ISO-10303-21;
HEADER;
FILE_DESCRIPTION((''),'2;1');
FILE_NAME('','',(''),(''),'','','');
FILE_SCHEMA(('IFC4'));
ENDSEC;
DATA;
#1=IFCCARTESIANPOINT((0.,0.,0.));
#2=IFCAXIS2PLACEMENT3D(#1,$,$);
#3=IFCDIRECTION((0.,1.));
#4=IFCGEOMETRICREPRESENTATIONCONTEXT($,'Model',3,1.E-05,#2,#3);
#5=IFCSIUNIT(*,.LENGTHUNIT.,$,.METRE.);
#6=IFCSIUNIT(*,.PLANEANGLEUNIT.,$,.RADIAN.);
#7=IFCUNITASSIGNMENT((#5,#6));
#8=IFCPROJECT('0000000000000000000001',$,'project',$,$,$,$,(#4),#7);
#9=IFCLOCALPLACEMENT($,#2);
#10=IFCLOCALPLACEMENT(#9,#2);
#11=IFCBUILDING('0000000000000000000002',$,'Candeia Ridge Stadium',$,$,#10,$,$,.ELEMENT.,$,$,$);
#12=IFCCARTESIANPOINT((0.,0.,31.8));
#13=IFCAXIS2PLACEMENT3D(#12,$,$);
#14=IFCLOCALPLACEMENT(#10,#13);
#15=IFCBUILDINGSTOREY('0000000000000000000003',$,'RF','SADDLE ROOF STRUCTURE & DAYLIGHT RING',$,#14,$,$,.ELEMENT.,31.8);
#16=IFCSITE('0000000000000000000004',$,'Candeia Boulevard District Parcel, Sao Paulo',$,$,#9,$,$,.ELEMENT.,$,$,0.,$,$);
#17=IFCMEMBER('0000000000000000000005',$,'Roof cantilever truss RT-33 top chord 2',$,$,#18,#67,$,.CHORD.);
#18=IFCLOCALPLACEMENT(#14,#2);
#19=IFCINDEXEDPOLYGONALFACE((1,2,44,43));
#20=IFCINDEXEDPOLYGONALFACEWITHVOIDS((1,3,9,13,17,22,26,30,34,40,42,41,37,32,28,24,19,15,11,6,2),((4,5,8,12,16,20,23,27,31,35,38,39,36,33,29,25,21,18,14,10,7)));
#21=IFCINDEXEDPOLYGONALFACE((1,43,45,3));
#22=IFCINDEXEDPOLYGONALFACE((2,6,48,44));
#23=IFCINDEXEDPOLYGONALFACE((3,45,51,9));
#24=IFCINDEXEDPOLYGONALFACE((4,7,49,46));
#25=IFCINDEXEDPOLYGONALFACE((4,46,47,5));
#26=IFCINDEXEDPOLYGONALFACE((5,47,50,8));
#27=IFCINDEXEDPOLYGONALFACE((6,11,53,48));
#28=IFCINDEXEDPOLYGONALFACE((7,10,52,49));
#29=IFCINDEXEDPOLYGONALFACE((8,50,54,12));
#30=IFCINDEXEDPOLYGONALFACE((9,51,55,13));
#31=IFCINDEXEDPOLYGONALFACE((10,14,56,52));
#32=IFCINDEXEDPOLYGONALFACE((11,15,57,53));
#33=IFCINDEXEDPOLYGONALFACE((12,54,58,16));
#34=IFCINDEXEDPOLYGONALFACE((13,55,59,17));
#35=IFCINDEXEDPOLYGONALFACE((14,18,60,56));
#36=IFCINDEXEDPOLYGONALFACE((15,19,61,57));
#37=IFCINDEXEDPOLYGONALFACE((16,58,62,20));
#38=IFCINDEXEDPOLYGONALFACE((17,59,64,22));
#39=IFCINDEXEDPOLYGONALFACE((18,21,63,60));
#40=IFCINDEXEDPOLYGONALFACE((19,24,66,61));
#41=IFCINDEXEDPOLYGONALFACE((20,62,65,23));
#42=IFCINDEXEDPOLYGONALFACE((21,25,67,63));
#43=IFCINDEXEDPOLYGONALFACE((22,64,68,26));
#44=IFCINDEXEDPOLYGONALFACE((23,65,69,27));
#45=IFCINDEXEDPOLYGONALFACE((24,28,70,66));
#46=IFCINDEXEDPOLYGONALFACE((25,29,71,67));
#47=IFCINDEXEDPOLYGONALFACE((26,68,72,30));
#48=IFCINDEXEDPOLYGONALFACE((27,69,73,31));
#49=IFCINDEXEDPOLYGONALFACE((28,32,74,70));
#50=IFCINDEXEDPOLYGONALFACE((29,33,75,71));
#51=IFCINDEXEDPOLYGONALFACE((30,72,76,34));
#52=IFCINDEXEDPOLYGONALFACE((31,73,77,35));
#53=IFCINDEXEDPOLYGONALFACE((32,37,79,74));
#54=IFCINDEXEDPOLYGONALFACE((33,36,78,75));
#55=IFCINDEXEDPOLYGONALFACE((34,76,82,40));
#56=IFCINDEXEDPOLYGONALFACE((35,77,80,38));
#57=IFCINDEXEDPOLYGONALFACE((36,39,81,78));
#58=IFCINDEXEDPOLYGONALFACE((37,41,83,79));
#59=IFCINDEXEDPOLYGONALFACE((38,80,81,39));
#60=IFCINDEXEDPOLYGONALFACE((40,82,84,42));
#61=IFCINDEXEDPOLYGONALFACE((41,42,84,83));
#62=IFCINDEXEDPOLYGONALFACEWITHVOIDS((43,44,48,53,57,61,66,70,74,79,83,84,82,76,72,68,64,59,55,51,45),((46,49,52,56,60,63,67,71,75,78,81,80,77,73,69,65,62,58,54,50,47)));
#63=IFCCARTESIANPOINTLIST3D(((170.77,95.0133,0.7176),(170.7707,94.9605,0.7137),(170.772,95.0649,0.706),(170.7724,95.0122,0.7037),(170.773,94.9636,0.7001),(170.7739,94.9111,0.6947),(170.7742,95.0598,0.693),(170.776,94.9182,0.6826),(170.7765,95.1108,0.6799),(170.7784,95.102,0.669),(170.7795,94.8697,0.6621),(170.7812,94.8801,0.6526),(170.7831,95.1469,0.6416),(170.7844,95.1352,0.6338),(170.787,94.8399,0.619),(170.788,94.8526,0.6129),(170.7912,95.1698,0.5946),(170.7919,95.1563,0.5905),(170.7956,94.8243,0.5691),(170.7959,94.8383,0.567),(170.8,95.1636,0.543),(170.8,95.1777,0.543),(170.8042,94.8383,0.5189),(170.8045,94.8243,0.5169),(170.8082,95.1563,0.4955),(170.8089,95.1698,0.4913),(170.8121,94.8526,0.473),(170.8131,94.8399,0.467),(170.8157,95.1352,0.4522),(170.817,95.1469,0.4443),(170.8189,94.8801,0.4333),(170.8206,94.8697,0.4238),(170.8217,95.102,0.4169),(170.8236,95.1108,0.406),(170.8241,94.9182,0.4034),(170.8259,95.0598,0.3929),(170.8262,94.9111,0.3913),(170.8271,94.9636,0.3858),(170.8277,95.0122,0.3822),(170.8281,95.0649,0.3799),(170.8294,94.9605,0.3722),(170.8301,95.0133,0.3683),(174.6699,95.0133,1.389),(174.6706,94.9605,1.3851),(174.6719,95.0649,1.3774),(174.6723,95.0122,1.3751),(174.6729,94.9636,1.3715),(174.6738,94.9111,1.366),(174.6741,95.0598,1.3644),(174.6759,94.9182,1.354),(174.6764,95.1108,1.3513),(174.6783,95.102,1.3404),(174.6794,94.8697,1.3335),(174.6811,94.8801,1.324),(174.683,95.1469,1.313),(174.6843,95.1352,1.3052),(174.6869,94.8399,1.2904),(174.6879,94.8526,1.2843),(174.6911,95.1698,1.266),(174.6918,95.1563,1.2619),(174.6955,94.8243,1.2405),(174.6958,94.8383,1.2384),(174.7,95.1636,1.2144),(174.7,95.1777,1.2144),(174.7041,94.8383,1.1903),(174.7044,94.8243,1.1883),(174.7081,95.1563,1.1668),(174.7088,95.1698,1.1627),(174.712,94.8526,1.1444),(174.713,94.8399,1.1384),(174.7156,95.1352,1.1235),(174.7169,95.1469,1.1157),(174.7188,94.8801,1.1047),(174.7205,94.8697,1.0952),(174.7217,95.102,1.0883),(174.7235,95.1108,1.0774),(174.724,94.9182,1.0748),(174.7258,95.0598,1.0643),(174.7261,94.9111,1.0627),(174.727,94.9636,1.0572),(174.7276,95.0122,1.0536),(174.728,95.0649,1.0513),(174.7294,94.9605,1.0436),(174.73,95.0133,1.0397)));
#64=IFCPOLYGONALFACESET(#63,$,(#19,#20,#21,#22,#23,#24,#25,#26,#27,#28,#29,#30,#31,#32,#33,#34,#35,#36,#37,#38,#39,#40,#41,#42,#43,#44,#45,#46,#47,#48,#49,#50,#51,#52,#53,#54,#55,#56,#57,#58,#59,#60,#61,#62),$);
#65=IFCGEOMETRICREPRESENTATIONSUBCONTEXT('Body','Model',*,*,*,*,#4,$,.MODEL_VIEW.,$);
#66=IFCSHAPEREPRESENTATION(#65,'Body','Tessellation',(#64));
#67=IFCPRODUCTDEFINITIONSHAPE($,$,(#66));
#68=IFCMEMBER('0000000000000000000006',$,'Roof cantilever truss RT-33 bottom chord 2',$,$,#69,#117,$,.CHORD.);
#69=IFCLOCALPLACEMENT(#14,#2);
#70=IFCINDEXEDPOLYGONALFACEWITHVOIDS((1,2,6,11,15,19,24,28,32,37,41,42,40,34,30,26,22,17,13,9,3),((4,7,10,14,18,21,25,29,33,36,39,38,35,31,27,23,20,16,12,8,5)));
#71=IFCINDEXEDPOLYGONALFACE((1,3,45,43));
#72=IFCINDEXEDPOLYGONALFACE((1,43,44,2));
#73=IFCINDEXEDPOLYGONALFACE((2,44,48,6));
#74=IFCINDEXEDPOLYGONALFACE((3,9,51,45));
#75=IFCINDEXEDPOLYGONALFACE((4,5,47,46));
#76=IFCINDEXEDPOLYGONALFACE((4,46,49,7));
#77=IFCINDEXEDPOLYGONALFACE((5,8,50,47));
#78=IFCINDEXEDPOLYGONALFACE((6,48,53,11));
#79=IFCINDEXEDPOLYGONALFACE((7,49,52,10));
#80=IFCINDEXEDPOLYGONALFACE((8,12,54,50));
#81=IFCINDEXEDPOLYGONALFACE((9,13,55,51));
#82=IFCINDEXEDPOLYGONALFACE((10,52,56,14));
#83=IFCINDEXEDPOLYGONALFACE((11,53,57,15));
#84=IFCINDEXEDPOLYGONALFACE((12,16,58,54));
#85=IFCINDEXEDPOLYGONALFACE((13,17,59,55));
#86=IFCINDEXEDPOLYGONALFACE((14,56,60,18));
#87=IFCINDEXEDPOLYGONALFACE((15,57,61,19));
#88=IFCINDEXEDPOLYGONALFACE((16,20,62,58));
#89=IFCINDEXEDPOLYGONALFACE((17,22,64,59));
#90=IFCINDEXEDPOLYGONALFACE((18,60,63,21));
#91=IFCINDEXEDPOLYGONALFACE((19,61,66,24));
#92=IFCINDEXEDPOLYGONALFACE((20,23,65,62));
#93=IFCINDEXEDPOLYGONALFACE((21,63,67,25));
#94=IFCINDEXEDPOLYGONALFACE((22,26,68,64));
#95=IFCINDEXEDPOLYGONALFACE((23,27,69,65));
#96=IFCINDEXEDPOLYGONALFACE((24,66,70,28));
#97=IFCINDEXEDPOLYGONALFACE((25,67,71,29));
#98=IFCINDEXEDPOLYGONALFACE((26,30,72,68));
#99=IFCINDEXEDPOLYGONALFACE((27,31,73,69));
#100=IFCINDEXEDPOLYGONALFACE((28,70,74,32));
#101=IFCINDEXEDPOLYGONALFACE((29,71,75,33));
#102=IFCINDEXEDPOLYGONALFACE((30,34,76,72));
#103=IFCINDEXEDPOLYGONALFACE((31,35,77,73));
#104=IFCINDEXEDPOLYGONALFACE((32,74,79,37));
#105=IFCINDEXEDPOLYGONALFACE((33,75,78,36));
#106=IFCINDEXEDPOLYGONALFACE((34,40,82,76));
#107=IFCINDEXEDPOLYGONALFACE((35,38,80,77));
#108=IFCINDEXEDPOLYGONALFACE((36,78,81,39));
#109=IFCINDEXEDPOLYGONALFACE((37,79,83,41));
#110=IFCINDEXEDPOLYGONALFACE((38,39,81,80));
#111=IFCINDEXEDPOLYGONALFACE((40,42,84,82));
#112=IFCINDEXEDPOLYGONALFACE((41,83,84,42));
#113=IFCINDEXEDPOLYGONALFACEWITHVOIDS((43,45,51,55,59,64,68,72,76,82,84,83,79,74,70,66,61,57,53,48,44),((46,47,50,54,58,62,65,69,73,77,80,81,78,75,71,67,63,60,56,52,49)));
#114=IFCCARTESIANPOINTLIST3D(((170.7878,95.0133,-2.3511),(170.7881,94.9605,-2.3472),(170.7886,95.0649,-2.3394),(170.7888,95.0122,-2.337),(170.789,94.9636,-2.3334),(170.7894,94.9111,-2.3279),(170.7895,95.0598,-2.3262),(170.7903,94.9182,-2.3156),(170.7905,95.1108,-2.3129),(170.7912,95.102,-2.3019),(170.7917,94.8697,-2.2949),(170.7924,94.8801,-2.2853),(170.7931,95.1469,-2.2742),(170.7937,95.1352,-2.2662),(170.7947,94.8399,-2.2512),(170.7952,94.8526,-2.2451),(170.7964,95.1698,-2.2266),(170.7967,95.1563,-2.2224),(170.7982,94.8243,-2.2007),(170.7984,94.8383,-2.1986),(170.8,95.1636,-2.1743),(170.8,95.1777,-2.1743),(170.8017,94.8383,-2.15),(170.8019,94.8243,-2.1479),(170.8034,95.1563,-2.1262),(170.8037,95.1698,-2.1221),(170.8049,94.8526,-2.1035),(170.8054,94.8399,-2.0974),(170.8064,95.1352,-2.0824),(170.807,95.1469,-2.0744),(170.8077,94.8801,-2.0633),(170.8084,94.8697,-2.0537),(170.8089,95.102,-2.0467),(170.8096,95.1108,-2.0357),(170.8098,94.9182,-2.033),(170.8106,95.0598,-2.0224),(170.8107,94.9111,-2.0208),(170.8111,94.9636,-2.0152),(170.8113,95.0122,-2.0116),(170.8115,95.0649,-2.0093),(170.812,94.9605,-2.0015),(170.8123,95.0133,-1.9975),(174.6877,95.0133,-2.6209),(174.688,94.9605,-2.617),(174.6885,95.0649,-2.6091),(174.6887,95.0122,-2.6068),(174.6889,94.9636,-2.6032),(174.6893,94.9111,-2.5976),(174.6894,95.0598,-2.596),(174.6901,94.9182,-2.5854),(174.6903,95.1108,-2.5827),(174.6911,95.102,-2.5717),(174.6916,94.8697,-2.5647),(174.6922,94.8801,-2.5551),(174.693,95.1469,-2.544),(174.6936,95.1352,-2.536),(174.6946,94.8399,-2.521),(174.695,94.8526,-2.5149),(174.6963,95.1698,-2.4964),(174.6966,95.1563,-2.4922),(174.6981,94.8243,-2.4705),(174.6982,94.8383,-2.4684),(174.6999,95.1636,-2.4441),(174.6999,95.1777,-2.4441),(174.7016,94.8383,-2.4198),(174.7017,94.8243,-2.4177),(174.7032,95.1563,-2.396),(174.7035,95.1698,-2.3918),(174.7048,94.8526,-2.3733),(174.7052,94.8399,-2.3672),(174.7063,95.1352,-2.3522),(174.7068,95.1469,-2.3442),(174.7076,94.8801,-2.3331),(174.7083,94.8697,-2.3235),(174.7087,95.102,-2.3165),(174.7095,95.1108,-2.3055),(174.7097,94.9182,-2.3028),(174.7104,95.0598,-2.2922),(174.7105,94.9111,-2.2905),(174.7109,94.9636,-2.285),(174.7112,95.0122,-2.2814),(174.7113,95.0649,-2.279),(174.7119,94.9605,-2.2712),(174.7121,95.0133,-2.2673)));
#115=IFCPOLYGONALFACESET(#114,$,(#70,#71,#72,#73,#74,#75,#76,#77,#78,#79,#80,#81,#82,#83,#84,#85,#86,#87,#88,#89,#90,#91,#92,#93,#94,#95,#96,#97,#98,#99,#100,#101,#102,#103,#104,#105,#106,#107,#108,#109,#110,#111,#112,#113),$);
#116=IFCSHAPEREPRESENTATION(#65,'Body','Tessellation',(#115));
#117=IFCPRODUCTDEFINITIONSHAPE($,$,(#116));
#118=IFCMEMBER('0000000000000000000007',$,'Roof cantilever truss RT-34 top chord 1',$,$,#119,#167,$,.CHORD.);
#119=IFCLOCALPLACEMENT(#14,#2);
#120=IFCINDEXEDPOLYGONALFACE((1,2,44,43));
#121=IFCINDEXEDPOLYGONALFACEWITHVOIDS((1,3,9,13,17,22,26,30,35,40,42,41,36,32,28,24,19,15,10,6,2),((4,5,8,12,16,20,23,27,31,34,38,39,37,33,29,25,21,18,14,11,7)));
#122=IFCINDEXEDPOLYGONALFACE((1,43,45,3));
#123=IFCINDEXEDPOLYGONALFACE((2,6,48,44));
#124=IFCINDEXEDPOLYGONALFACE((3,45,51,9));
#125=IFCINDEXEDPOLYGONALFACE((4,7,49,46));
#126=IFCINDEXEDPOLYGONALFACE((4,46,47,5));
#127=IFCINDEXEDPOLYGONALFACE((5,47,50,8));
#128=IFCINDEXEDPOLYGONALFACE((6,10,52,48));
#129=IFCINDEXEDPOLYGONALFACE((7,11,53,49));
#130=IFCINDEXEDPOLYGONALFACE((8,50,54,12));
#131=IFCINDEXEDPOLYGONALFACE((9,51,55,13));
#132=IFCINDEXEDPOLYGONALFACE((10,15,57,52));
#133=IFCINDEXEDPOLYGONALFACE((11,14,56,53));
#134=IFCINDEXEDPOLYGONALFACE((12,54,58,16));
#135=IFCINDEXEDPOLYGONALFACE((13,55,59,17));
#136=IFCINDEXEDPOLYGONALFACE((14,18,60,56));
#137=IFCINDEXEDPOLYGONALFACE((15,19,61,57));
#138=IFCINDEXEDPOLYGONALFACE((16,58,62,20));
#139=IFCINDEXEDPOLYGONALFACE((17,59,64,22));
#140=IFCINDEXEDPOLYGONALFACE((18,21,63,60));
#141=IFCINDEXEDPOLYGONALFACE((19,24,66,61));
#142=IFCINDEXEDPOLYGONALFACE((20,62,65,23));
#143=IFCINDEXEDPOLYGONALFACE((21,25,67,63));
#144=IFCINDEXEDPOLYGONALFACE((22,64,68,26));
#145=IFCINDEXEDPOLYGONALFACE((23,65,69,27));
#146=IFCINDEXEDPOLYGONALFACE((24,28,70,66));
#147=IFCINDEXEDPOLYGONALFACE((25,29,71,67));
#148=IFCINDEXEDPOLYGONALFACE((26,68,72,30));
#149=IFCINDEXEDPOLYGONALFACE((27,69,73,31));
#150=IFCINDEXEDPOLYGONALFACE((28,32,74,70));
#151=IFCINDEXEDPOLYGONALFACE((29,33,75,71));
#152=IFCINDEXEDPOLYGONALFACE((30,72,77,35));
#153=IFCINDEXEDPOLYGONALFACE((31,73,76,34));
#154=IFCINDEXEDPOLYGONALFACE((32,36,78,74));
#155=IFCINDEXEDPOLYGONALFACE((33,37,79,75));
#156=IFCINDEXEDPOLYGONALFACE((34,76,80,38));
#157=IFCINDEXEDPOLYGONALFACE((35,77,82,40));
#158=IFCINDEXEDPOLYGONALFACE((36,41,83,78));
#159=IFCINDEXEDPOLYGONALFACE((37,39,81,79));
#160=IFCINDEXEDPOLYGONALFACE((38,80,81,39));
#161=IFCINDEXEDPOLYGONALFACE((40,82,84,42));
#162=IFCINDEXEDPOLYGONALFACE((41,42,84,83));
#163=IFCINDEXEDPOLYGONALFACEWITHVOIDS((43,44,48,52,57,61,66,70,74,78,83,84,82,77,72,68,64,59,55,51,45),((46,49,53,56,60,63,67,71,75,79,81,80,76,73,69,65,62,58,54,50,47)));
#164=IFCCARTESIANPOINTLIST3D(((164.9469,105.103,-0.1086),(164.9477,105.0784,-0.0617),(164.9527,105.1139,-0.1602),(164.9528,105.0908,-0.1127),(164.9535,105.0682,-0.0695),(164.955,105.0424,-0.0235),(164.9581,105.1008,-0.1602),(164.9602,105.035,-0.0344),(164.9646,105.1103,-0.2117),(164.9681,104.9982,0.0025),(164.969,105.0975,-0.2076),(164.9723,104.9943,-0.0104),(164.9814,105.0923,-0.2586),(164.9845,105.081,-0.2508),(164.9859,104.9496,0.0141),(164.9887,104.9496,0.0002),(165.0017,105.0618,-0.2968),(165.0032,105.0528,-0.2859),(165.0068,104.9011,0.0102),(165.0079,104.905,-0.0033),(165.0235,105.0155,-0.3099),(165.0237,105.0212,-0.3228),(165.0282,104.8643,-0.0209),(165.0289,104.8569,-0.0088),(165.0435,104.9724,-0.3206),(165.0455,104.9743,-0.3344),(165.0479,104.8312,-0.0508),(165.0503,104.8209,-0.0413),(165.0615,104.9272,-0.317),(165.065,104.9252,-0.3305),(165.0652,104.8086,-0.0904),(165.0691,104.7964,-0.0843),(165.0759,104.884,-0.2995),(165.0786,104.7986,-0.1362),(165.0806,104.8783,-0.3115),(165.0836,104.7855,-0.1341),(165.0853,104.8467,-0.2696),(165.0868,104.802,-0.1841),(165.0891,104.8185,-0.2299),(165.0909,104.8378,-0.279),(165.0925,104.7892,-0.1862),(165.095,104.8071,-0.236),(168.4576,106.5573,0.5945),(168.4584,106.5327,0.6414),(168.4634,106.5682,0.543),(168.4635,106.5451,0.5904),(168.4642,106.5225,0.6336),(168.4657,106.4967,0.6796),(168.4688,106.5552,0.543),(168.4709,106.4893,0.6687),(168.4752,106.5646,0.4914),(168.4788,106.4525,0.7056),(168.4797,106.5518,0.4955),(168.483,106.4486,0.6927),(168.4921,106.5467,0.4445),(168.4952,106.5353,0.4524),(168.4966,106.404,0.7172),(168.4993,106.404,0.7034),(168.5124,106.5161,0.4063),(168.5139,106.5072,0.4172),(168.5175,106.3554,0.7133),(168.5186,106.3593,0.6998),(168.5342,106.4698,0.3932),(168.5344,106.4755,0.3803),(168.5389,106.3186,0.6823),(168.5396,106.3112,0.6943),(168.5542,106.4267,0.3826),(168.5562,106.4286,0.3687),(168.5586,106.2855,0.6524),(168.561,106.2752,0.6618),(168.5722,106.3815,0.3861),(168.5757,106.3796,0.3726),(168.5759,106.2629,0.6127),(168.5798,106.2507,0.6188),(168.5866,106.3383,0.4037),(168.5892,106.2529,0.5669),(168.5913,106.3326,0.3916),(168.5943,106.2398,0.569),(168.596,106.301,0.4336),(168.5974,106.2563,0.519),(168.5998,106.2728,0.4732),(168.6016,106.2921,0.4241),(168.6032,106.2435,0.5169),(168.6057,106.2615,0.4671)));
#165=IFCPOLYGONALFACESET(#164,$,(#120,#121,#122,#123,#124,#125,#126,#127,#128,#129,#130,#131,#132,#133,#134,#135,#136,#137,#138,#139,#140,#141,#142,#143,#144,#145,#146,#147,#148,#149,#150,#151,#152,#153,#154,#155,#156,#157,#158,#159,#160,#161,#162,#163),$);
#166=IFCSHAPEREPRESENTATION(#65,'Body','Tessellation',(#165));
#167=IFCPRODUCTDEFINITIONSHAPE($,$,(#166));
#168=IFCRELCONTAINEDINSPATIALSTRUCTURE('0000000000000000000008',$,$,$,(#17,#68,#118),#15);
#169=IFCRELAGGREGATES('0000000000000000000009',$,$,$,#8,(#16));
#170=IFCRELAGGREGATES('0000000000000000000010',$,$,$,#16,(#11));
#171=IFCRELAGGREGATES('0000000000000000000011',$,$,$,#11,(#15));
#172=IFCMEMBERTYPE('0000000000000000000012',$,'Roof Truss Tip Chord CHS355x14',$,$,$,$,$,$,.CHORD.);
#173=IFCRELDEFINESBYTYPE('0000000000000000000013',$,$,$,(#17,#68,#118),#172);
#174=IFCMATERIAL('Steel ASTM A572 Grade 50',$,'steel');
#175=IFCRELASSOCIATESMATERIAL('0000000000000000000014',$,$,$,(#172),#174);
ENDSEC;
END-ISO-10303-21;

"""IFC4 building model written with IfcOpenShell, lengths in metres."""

from ifc_helpers import new_model, si_unit, direction, frame, origin, origin_2d, place, context, subcontext, project, spatial, hollow_circle, extrude, material, material_profile, profile_set, type_object, element, save


model = new_model("IFC4")

# Units and contexts
model_context = context("Model", 3, precision=1e-05, world=origin(), true_north=direction((0.0, 1.0)))
body_context = subcontext(model_context, "Body", "Model", "MODEL_VIEW")
ifc_project = project(units=[si_unit("LENGTHUNIT", "METRE"), si_unit("PLANEANGLEUNIT", "RADIAN")], contexts=[model_context])

# Site, building, storey
site_placement = place(None, origin())
site = spatial("IfcSite", under=ifc_project, at=site_placement, Name="Candeia Boulevard District Parcel, Sao Paulo", CompositionType="ELEMENT", RefElevation=0.0)
building_placement = place(site_placement, origin())
building = spatial("IfcBuilding", under=site, at=building_placement, Name="Candeia Ridge Stadium", CompositionType="ELEMENT")
storey_placement = place(building_placement, frame((0.0, 0.0, 31.8)))
storey = spatial("IfcBuildingStorey", under=building, at=storey_placement, Name="RF", Description="SADDLE ROOF STRUCTURE & DAYLIGHT RING", CompositionType="ELEMENT", Elevation=31.8)

# Shared definitions
ifc_material_1 = material(Name="Steel ASTM A572 Grade 50", Category="steel")

# Members
ifc_material_profile_1 = material_profile(ifc_material_1, hollow_circle(Radius=0.1777, WallThickness=0.0142, at=origin_2d()), Name="CHS355x14", Category="steel")
ifc_profile_set_1 = profile_set([ifc_material_profile_1], Name="Steel ASTM A572 Grade 50")
member_type_1 = type_object("IfcMemberType", Name="Roof Truss Tip Chord CHS355x14", PredefinedType="CHORD", material=ifc_profile_set_1)
member_1_placement = place(storey_placement, frame((170.8, 95.0, 0.543), z_axis=(0.985503, 0.0, 0.169659), x_axis=(0.0, 1.0, 0.0)))
element("IfcMember", 1, at=member_1_placement, inside=storey, type_object=member_type_1, Name="Roof cantilever truss RT-33 top chord 2", PredefinedType="CHORD", context=body_context, shape_type="SweptSolid", body=[
    extrude(hollow_circle(Radius=0.1777, WallThickness=0.0142, at=origin_2d()), origin(), (0.0, 0.0, 1.0), 3.9573),
])
member_2_placement = place(storey_placement, frame((170.8, 95.0, -2.1743), z_axis=(0.997616, 0.0, -0.06901), x_axis=(0.0, 1.0, 0.0)))
element("IfcMember", 2, at=member_2_placement, inside=storey, type_object=member_type_1, Name="Roof cantilever truss RT-33 bottom chord 2", PredefinedType="CHORD", context=body_context, shape_type="SweptSolid", body=[
    extrude(hollow_circle(Radius=0.1777, WallThickness=0.0142, at=origin_2d()), origin(), (0.0, 0.0, 1.0), 3.9092),
])
member_3_placement = place(storey_placement, frame((165.0208, 104.9497, -0.1602), z_axis=(0.908446, 0.376329, 0.181942), x_axis=(-0.382717, 0.923866, 0.0)))
element("IfcMember", 3, at=member_3_placement, inside=storey, type_object=member_type_1, Name="Roof cantilever truss RT-34 top chord 1", PredefinedType="CHORD", context=body_context, shape_type="SweptSolid", body=[
    extrude(hollow_circle(Radius=0.1777, WallThickness=0.0142, at=origin_2d()), origin(), (0.0, 0.0, 1.0), 3.8645),
])

save(model, "model.ifc")
